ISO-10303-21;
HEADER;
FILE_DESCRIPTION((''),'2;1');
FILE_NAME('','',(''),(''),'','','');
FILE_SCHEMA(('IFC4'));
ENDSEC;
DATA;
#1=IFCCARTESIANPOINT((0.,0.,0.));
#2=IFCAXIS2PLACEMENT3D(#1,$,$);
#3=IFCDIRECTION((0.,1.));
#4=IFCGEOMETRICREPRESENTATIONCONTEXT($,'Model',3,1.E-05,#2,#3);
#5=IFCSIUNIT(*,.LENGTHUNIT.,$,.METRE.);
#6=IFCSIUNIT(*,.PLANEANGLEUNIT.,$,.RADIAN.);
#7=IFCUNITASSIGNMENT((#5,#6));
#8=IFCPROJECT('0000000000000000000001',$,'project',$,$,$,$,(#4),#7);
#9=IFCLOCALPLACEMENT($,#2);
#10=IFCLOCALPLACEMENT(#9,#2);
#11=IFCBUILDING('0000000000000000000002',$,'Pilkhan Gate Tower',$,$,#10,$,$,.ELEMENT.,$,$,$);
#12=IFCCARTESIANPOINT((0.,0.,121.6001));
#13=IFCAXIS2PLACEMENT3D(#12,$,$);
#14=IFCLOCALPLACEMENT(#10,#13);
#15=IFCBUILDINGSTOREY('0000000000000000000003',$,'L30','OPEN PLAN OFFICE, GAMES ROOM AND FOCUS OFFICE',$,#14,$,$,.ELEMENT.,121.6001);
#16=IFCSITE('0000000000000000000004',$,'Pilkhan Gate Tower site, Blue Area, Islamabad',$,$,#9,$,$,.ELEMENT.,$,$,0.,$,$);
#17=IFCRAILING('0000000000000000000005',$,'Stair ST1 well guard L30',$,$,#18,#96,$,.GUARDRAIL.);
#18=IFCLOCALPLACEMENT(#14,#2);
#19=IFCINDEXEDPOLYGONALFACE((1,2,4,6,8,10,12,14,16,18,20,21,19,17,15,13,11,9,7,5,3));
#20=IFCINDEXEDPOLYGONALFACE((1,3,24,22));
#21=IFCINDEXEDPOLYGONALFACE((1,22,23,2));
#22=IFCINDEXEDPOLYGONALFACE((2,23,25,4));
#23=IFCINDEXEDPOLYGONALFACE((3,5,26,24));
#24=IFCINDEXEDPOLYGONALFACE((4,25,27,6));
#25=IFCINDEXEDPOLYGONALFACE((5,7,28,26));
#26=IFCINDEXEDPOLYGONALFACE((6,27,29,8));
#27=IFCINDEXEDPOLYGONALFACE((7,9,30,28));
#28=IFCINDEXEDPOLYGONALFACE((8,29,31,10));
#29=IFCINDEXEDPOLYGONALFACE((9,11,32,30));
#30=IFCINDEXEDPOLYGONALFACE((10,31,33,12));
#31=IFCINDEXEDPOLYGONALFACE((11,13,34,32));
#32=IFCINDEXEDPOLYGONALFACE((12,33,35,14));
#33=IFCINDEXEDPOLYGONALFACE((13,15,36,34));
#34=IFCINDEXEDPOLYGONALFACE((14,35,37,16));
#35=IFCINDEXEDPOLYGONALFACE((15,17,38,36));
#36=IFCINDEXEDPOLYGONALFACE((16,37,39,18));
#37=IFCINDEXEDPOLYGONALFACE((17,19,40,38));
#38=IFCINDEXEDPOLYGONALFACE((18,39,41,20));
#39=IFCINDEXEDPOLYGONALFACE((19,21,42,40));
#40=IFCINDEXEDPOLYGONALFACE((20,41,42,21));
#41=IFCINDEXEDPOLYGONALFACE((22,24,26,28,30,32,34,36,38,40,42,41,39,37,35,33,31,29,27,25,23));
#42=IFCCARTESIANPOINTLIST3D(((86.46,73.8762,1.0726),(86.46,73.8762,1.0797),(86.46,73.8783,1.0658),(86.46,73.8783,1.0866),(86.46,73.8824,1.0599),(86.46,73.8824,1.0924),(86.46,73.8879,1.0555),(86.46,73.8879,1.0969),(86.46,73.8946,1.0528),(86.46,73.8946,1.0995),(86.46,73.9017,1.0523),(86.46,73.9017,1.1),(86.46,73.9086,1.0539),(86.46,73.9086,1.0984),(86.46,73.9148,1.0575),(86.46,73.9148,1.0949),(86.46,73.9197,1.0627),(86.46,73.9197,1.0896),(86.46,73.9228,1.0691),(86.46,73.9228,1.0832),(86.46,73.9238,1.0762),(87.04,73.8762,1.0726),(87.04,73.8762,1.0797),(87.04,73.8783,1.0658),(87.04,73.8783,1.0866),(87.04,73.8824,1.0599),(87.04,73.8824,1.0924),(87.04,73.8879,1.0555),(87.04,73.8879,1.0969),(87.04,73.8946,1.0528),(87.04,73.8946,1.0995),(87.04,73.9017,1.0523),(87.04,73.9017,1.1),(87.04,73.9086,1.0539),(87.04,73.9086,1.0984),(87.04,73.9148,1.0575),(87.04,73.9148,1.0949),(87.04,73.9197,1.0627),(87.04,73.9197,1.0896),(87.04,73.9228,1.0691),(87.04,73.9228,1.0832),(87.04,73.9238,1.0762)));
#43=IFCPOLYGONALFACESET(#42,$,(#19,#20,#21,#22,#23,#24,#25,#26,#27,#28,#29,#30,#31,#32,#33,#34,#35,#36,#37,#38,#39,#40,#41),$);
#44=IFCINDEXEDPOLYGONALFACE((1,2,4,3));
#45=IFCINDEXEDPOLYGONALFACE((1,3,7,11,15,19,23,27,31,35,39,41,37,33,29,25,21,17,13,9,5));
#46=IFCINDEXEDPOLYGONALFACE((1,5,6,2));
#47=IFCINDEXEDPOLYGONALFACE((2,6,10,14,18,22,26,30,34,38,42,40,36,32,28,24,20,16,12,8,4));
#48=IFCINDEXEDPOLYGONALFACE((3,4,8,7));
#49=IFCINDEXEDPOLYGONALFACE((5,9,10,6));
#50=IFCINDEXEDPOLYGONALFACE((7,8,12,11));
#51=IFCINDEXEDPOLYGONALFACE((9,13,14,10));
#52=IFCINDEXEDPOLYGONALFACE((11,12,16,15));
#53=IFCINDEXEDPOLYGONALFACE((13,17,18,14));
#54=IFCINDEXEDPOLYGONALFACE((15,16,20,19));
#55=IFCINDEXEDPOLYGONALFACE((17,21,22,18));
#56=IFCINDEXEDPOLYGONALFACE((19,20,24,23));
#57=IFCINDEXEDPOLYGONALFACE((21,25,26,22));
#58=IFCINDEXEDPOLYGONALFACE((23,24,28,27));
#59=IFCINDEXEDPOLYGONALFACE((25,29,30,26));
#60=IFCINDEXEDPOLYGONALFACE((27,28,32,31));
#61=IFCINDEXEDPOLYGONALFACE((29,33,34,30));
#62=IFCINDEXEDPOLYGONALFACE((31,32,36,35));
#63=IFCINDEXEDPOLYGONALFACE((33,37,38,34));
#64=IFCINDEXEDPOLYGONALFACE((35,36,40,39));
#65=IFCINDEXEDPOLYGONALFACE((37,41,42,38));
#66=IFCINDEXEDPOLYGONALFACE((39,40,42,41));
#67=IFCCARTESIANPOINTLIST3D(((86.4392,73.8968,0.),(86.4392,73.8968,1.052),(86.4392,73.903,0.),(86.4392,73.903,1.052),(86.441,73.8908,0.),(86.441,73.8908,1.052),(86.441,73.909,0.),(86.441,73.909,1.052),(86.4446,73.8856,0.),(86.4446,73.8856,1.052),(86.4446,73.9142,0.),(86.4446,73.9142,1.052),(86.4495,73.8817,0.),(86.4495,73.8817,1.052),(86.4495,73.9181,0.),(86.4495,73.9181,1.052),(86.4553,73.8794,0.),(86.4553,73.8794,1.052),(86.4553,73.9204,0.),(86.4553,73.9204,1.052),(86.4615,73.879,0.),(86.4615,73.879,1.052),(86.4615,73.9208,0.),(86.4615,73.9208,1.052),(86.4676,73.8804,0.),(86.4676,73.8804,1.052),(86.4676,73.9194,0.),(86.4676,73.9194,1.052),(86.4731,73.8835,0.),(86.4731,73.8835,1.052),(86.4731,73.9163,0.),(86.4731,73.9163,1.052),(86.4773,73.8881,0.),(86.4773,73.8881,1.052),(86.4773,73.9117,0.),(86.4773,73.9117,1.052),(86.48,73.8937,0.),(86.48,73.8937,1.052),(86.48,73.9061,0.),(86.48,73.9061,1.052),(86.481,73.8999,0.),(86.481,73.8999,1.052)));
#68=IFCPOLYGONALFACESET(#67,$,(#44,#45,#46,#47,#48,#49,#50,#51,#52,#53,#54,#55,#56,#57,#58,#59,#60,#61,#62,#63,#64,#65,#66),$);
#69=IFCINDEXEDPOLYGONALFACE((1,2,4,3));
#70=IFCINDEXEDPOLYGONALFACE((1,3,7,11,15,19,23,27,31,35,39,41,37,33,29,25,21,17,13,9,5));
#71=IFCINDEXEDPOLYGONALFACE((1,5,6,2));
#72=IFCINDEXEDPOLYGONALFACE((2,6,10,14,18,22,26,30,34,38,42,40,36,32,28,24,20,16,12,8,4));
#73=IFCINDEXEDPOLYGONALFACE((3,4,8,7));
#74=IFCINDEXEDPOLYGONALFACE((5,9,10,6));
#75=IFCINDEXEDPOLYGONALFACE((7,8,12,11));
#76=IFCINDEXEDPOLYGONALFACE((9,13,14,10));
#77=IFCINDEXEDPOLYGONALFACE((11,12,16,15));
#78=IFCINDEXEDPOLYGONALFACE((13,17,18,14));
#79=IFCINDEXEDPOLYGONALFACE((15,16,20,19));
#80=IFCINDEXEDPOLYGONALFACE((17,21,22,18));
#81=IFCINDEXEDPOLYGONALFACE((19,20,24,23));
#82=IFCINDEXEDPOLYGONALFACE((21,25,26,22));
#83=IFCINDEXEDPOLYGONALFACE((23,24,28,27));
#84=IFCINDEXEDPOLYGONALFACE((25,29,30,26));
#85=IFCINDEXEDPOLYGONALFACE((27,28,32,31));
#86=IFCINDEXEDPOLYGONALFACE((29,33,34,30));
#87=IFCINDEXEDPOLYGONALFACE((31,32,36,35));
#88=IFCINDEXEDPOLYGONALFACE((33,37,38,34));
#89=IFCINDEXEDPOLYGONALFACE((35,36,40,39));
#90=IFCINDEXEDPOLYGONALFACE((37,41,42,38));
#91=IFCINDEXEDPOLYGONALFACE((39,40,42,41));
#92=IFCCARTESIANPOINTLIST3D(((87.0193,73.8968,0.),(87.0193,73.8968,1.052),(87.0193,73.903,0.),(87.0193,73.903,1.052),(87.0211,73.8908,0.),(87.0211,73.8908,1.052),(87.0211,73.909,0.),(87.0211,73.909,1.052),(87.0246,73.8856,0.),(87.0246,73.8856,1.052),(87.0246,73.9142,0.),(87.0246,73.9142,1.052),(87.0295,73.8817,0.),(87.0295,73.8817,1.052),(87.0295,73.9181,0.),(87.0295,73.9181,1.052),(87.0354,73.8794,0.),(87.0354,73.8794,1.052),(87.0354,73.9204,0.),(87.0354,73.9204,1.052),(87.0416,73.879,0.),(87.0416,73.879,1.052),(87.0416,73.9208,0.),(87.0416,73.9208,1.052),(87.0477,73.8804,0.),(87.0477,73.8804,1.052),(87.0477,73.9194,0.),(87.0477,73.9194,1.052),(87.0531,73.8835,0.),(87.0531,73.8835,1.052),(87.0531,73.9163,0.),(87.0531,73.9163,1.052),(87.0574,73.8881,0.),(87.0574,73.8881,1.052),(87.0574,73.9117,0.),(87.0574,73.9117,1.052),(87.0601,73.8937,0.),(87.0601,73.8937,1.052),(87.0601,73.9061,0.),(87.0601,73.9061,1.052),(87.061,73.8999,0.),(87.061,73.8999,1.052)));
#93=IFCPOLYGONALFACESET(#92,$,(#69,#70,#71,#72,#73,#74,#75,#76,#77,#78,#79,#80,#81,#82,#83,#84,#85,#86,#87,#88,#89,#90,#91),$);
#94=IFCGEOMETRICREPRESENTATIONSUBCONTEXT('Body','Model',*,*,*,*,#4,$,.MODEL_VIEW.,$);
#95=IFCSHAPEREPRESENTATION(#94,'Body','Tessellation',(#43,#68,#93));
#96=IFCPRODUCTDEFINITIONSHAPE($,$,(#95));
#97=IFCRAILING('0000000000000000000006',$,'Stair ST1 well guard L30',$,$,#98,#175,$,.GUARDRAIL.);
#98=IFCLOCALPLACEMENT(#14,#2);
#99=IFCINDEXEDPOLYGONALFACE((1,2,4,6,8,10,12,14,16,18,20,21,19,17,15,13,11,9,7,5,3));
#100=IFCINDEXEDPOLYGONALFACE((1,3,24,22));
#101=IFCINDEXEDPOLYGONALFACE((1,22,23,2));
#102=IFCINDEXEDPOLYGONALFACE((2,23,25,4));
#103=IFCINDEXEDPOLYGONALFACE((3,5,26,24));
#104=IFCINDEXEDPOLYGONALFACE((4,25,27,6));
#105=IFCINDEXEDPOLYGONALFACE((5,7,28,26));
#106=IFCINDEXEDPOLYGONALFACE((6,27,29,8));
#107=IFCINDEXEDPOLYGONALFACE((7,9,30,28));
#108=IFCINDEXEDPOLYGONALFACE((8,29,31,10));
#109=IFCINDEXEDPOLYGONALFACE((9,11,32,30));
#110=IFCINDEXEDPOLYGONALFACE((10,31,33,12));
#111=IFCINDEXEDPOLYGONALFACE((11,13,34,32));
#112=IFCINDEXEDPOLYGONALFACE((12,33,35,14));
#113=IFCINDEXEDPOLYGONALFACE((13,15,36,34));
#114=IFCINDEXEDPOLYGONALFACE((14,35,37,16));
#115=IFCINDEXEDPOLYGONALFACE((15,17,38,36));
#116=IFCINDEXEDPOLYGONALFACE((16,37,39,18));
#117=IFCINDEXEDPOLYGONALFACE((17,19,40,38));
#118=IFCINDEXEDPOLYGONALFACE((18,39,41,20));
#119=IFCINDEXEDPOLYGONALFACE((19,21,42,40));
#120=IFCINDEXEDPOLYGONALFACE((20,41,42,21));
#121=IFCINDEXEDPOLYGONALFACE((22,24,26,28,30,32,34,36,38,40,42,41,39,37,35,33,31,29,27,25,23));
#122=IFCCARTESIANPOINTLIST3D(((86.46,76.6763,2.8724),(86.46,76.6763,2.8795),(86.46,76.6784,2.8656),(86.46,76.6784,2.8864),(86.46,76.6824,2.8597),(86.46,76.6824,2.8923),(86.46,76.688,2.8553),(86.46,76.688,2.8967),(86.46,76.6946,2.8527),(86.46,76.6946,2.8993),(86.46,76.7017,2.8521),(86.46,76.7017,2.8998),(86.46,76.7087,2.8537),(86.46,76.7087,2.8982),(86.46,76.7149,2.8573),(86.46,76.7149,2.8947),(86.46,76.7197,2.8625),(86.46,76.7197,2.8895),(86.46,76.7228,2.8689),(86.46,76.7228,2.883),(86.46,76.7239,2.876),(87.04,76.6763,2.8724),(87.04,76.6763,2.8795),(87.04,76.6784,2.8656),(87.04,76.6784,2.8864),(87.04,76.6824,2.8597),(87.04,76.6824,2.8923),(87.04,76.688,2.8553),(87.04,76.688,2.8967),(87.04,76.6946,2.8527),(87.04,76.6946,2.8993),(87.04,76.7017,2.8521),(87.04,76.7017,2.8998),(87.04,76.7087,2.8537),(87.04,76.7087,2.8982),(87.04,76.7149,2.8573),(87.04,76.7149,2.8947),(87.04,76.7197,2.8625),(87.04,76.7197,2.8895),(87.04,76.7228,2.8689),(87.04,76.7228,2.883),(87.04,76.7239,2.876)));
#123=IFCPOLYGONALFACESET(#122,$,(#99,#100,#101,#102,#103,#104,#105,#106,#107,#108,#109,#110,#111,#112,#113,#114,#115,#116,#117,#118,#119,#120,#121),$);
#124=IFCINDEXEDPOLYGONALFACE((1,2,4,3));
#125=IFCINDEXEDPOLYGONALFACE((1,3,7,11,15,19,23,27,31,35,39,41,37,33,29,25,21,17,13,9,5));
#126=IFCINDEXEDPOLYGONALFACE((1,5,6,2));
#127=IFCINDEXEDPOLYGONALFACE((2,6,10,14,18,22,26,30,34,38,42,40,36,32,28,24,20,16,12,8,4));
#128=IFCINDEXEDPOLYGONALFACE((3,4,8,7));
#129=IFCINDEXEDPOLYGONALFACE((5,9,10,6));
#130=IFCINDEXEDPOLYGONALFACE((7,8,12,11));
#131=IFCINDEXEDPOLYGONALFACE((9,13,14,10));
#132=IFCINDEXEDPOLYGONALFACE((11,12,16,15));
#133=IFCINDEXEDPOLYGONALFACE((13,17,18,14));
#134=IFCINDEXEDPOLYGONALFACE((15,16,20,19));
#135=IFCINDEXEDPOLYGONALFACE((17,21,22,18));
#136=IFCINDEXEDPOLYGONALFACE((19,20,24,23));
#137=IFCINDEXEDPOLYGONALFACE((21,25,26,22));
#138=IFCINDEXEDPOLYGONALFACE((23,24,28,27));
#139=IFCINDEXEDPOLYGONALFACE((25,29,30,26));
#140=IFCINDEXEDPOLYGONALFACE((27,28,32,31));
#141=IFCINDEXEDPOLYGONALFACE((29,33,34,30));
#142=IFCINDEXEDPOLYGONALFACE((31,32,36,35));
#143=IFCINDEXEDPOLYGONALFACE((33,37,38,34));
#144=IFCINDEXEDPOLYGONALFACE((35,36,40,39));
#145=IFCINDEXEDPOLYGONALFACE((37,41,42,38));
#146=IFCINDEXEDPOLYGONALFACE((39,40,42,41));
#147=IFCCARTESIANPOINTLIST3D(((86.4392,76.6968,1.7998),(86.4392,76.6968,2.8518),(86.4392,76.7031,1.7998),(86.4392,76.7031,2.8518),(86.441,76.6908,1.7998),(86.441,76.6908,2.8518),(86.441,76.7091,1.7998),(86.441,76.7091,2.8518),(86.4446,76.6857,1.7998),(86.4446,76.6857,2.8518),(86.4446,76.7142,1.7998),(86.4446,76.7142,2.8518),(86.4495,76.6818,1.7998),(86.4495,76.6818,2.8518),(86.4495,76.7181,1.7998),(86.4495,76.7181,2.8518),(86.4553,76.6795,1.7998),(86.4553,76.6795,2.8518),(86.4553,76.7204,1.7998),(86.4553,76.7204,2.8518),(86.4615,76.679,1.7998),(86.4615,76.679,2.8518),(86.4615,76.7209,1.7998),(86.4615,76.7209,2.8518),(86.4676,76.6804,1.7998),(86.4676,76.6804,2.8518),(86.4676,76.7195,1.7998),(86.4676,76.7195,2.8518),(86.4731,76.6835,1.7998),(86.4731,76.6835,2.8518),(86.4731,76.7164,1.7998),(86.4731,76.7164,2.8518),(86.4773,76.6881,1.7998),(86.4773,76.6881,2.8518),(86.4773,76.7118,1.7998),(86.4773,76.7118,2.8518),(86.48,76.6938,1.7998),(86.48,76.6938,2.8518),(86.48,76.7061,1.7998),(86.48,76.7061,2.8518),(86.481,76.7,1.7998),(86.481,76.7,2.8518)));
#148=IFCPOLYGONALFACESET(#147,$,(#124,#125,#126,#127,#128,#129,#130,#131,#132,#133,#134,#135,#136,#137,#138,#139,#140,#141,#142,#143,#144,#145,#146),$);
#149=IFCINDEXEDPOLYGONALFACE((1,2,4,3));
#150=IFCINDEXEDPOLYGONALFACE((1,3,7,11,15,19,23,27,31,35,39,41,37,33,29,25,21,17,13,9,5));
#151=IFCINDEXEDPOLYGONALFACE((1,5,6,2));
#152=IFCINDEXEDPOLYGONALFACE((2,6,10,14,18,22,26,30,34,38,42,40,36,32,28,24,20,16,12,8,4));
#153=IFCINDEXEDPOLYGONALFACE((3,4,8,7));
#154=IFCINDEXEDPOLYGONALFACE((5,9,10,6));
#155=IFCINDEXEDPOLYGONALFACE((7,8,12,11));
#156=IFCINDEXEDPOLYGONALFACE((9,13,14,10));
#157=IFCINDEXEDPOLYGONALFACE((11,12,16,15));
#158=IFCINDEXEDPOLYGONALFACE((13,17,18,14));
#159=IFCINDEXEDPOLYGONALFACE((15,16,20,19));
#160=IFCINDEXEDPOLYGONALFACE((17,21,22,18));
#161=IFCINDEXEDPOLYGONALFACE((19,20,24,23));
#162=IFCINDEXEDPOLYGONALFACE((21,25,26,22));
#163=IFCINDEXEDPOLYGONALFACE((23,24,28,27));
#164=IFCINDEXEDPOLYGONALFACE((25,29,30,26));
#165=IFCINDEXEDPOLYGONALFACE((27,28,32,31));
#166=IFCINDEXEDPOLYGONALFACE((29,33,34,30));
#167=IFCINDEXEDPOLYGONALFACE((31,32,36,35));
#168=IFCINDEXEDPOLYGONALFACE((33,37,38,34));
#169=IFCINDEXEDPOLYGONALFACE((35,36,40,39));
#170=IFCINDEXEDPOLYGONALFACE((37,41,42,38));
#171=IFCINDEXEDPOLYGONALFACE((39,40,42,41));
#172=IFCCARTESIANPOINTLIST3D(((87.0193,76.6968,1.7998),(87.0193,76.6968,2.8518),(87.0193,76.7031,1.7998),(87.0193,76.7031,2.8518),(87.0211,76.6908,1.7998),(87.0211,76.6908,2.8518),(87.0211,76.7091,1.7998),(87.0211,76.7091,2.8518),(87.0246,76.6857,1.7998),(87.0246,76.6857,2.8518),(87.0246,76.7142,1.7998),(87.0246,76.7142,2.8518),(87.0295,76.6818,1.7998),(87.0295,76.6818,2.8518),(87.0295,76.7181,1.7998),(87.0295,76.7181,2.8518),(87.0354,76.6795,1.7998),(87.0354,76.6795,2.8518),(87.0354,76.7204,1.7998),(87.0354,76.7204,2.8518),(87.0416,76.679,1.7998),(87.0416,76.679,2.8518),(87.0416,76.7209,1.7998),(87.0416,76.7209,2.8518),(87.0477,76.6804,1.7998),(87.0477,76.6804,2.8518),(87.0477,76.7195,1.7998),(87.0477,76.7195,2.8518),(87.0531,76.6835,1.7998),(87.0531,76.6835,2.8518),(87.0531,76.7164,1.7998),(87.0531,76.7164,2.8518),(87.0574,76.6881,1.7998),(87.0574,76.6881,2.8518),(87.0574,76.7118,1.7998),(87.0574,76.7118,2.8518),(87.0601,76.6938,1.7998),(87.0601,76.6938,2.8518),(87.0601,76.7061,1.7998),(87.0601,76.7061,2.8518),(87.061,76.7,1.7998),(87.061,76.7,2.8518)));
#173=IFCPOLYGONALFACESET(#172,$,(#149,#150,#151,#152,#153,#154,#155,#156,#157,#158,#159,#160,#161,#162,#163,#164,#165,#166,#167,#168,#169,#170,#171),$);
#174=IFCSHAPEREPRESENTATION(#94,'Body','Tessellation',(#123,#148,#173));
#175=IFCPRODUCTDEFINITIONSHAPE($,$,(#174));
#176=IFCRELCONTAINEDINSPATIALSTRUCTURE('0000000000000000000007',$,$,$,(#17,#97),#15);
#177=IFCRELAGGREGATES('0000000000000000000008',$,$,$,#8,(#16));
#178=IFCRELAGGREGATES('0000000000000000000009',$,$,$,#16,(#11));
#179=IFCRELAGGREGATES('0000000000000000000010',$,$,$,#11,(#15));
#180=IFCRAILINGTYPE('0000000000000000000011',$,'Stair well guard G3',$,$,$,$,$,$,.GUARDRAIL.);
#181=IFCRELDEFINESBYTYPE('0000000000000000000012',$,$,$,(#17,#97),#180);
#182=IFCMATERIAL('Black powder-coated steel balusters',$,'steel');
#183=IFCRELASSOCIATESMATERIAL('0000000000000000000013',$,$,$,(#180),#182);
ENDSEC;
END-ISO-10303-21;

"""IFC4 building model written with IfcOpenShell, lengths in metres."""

from ifc_helpers import new_model, si_unit, direction, frame, origin, origin_2d, place, context, subcontext, project, spatial, circle, extrude, material, type_object, element, save


model = new_model("IFC4")

# Units and contexts
model_context = context("Model", 3, precision=1e-05, world=origin(), true_north=direction((0.0, 1.0)))
body_context = subcontext(model_context, "Body", "Model", "MODEL_VIEW")
ifc_project = project(units=[si_unit("LENGTHUNIT", "METRE"), si_unit("PLANEANGLEUNIT", "RADIAN")], contexts=[model_context])

# Site, building, storey
site_placement = place(None, origin())
site = spatial("IfcSite", under=ifc_project, at=site_placement, Name="Pilkhan Gate Tower site, Blue Area, Islamabad", CompositionType="ELEMENT", RefElevation=0.0)
building_placement = place(site_placement, origin())
building = spatial("IfcBuilding", under=site, at=building_placement, Name="Pilkhan Gate Tower", CompositionType="ELEMENT")
storey_placement = place(building_placement, frame((0.0, 0.0, 121.6001)))
storey = spatial("IfcBuildingStorey", under=building, at=storey_placement, Name="L30", Description="OPEN PLAN OFFICE, GAMES ROOM AND FOCUS OFFICE", CompositionType="ELEMENT", Elevation=121.6001)

# Railings
ifc_material_1 = material(Name="Black powder-coated steel balusters", Category="steel")
railing_type_1 = type_object("IfcRailingType", Name="Stair well guard G3", PredefinedType="GUARDRAIL", material=ifc_material_1)
for number, where, name in (
    (1, (86.46, 73.8999, 0.0), "Stair ST1 well guard L30"),
    (2, (86.46, 76.7, 1.7998), "Stair ST1 well guard L30"),
):
    element("IfcRailing", number, at=place(storey_placement, frame(where)), inside=storey, type_object=railing_type_1, Name=name, PredefinedType="GUARDRAIL", context=body_context, shape_type="SweptSolid", body=[
        extrude(circle(Radius=0.0239, at=origin_2d()), frame((0.0, 0.0, 1.0762), z_axis=(1.0, 0.0, 0.0), x_axis=(0.0, 1.0, 0.0)), (0.0, 0.0, 1.0), 0.5801),
        extrude(circle(Radius=0.021, at=origin_2d()), origin(), (0.0, 0.0, 1.0), 1.052),
        extrude(circle(Radius=0.021, at=origin_2d()), frame((0.5801, 0.0, 0.0)), (0.0, 0.0, 1.0), 1.052),
    ])

save(model, "model.ifc")
